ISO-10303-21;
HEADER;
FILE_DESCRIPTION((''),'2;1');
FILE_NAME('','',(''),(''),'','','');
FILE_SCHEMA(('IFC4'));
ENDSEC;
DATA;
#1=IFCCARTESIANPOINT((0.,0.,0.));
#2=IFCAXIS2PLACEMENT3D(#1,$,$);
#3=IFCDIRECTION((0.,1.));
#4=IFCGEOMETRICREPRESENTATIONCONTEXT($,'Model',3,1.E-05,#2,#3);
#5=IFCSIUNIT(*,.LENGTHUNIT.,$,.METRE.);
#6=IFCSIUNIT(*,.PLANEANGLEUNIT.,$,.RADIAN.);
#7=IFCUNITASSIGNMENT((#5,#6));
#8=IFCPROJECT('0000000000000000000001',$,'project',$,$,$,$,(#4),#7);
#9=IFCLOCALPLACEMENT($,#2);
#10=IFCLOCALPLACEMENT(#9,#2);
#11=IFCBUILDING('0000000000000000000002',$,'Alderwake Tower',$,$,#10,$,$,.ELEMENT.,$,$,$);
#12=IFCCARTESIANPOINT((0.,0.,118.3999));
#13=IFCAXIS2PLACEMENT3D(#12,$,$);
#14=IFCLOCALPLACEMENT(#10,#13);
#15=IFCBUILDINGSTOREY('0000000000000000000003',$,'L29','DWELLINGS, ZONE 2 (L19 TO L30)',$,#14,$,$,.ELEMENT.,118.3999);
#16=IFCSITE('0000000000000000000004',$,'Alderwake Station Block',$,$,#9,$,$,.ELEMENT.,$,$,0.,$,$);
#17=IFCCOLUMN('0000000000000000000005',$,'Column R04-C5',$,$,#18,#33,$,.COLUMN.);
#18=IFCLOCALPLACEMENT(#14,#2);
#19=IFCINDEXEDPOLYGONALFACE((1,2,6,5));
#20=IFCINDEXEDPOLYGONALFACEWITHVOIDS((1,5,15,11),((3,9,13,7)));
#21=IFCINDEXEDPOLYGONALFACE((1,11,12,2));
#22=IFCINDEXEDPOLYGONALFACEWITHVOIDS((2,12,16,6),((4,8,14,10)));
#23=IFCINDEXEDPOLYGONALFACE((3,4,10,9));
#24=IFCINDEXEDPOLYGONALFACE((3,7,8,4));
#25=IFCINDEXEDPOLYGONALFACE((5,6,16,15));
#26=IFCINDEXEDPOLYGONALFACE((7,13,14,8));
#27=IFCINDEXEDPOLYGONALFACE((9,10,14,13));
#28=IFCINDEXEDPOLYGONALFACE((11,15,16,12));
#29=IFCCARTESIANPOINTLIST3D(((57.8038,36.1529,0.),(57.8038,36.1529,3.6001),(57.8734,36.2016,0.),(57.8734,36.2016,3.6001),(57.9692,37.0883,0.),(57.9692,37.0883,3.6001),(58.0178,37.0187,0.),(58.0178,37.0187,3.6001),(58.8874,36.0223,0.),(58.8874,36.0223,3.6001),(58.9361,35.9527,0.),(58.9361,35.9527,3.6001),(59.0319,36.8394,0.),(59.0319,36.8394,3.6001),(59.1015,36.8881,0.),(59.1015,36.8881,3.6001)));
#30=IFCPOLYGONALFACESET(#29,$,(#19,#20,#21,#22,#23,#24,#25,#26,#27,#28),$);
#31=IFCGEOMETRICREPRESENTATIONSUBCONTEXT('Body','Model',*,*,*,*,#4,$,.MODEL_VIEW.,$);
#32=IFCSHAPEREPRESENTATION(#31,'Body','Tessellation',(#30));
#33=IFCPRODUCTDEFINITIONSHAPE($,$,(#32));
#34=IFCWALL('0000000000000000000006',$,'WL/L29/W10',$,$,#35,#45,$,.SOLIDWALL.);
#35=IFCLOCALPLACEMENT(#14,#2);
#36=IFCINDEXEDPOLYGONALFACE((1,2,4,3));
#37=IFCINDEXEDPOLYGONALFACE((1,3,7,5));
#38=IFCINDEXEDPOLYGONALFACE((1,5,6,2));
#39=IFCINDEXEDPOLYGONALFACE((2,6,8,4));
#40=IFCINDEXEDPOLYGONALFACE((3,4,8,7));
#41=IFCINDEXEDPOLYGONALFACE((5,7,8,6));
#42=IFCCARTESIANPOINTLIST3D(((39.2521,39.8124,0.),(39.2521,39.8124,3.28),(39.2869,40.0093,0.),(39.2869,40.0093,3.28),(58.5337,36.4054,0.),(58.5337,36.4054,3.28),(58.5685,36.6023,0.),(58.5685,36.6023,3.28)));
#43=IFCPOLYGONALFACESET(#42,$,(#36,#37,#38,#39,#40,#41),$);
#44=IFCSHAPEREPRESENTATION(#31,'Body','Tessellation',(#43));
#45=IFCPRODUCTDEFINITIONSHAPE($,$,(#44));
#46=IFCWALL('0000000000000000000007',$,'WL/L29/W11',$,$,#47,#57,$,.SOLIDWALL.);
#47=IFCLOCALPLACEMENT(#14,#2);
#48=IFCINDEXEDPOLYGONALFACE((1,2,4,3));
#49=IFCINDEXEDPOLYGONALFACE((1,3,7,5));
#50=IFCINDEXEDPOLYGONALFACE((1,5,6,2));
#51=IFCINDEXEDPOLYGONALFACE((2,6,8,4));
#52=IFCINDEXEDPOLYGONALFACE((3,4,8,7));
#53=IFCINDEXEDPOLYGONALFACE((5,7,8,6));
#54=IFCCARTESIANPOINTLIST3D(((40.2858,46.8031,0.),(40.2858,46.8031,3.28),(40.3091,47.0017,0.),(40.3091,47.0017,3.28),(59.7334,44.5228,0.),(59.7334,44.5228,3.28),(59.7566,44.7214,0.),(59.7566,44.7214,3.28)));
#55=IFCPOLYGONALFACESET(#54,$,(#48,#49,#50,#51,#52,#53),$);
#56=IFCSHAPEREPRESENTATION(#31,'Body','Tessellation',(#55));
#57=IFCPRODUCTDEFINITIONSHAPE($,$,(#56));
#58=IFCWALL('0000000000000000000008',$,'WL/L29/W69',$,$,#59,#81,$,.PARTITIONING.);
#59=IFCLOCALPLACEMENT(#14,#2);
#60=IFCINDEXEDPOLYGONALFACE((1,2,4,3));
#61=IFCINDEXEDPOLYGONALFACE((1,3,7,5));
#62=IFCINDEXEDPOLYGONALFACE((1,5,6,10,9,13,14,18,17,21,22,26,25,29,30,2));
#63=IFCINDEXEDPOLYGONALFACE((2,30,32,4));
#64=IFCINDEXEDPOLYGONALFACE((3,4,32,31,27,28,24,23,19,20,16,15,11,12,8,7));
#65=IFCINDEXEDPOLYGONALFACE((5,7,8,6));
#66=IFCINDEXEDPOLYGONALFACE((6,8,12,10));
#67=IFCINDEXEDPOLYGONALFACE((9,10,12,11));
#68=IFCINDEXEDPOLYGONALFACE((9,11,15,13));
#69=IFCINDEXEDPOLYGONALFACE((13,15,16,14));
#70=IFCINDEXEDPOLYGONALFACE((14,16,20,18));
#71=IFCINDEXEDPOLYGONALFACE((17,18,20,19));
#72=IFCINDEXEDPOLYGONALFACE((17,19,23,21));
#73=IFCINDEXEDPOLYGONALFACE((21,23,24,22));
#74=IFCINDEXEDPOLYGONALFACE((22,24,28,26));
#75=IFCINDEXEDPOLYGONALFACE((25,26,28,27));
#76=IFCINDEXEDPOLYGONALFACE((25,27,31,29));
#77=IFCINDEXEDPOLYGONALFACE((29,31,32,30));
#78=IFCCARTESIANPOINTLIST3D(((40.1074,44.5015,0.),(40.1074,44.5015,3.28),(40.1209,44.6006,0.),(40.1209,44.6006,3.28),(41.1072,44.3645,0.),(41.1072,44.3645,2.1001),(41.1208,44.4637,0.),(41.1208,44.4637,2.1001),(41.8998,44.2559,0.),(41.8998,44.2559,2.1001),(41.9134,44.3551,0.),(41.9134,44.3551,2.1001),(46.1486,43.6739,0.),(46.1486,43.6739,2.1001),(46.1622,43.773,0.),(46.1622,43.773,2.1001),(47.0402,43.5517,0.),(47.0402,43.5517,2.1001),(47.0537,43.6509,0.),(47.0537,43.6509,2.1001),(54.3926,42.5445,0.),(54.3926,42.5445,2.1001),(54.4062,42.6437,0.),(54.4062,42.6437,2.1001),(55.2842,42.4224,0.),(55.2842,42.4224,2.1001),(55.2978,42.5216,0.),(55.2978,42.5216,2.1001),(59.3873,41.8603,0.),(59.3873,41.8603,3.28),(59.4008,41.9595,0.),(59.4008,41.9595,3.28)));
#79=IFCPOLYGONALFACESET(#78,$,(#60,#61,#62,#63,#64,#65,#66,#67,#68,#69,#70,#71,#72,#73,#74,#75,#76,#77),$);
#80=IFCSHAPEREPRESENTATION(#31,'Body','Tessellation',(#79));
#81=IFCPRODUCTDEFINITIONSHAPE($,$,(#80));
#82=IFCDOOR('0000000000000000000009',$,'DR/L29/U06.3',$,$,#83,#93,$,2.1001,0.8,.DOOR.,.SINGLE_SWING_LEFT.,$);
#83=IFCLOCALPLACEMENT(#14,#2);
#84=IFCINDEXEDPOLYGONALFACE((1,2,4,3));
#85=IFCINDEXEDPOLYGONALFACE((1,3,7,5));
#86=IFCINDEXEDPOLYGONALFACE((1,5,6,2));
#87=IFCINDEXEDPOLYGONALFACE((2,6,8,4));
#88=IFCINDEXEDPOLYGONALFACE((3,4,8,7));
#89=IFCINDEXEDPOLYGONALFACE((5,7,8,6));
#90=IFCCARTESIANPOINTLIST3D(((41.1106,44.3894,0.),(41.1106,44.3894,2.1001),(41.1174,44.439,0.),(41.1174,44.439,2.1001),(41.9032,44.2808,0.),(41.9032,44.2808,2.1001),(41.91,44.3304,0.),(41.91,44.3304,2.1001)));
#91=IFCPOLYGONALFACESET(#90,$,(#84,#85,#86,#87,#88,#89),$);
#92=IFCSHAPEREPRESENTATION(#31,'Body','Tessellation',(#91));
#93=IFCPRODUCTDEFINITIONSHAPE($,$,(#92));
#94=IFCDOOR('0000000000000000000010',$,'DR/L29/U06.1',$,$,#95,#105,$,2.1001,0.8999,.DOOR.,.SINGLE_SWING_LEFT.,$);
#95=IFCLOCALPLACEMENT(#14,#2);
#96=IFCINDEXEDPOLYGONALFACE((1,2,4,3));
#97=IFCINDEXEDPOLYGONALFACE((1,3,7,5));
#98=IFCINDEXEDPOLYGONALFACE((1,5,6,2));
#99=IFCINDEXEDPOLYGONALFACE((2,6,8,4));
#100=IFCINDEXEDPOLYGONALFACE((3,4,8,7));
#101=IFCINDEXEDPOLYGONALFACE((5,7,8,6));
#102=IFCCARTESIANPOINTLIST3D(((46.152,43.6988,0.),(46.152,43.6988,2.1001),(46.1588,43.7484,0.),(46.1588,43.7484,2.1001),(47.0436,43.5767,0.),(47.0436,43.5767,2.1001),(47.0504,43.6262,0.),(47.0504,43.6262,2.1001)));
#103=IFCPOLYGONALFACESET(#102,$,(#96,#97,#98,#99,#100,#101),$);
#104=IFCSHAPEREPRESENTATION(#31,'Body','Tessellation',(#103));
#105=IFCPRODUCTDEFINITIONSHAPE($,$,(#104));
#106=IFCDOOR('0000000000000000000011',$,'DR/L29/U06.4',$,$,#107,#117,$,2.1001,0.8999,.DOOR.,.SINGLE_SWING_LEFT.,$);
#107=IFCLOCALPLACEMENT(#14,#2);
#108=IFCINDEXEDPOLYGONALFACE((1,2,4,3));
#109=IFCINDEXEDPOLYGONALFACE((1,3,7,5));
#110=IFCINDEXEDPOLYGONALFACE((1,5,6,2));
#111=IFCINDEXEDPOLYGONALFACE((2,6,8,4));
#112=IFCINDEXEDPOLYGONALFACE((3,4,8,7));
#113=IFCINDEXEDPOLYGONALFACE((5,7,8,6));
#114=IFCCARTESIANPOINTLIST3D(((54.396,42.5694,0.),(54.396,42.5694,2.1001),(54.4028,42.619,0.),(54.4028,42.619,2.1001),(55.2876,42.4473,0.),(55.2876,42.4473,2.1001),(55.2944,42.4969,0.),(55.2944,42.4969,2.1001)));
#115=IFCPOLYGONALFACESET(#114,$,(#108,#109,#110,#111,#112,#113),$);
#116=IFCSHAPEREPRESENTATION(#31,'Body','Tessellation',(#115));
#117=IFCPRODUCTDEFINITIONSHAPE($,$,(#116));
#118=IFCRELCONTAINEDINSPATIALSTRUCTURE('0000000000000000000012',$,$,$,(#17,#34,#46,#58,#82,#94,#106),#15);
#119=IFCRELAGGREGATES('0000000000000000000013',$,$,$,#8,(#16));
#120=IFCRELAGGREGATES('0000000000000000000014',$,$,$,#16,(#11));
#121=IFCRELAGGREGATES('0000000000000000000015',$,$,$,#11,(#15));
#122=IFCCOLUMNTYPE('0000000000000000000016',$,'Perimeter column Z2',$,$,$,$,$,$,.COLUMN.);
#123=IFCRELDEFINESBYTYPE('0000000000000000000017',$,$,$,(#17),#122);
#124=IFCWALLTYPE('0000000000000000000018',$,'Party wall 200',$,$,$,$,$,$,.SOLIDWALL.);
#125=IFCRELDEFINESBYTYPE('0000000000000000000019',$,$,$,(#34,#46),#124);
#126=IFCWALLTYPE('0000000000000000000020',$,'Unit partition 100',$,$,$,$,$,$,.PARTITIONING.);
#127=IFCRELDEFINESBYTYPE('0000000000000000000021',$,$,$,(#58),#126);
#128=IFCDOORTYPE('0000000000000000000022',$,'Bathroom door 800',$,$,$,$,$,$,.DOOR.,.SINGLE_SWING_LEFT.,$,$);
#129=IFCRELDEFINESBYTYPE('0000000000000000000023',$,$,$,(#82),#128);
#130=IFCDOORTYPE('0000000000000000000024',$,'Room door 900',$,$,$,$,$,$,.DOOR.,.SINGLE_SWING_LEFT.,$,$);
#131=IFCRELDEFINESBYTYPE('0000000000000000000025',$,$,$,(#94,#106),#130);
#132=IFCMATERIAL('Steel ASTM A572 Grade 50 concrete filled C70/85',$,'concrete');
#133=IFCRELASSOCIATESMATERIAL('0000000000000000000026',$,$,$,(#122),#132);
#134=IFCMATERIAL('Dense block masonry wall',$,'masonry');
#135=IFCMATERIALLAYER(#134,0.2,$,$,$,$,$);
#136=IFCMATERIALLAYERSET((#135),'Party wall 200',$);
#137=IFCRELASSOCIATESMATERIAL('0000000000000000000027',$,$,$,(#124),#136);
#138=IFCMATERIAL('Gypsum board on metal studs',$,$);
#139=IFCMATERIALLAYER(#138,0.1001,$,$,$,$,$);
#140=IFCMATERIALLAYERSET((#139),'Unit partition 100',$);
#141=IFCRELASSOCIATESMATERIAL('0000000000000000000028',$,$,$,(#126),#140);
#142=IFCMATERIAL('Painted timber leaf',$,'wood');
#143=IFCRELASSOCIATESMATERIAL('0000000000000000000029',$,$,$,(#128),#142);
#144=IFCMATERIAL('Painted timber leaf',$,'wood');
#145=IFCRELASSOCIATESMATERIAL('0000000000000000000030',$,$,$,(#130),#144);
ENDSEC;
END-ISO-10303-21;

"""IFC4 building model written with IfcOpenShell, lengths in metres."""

from ifc_helpers import new_model, si_unit, direction, frame, frame_2d, origin, origin_2d, place, context, subcontext, project, spatial, rectangle, hollow_rectangle, extrude, material, layer, layer_set, material_profile, profile_set, type_object, element, fill, save


model = new_model("IFC4")

# Units and contexts
model_context = context("Model", 3, precision=1e-05, world=origin(), true_north=direction((0.0, 1.0)))
body_context = subcontext(model_context, "Body", "Model", "MODEL_VIEW")
ifc_project = project(units=[si_unit("LENGTHUNIT", "METRE"), si_unit("PLANEANGLEUNIT", "RADIAN")], contexts=[model_context])

# Site, building, storey
site_placement = place(None, origin())
site = spatial("IfcSite", under=ifc_project, at=site_placement, Name="Alderwake Station Block", CompositionType="ELEMENT", RefElevation=0.0)
building_placement = place(site_placement, origin())
building = spatial("IfcBuilding", under=site, at=building_placement, Name="Alderwake Tower", CompositionType="ELEMENT")
storey_placement = place(building_placement, frame((0.0, 0.0, 118.3999)))
storey = spatial("IfcBuildingStorey", under=building, at=storey_placement, Name="L29", Description="DWELLINGS, ZONE 2 (L19 TO L30)", CompositionType="ELEMENT", Elevation=118.3999)

# Column
ifc_material_1 = material(Name="Steel ASTM A572 Grade 50 concrete filled C70/85", Category="concrete")
ifc_material_profile = material_profile(ifc_material_1, hollow_rectangle(XDim=0.95, YDim=1.1499, WallThickness=0.0601, at=origin_2d()), Name="BOX 1150X950X60")
ifc_profile_set = profile_set([ifc_material_profile], Name="Steel ASTM A572 Grade 50 concrete filled C70/85")
column_type = type_object("IfcColumnType", Name="Perimeter column Z2", PredefinedType="COLUMN", material=ifc_profile_set)
column_placement = place(storey_placement, frame((58.4526, 36.5205, 0.0), z_axis=(0.0, 0.0, 1.0), x_axis=(0.174109, 0.984726, 0.0)))
element("IfcColumn", 1, at=column_placement, inside=storey, type_object=column_type, Name="Column R04-C5", PredefinedType="COLUMN", context=body_context, shape_type="SweptSolid", body=[
    extrude(hollow_rectangle(XDim=0.95, YDim=1.1499, WallThickness=0.0601, at=origin_2d()), origin(), (0.0, 0.0, 1.0), 3.6001),
])

# Walls
ifc_material_2 = material(Name="Dense block masonry wall", Category="masonry")
ifc_layer_1 = layer(ifc_material_2, 0.2)
ifc_layer_set_1 = layer_set([ifc_layer_1], Name="Party wall 200")
wall_type_1 = type_object("IfcWallType", Name="Party wall 200", PredefinedType="SOLIDWALL", material=ifc_layer_set_1)
wall_1_placement = place(storey_placement, frame((58.551, 36.5039, 0.0), z_axis=(0.0, 0.0, 1.0), x_axis=(-0.984746, 0.173999, 0.0)))
element("IfcWall", 2, at=wall_1_placement, inside=storey, type_object=wall_type_1, Name="WL/L29/W10", PredefinedType="SOLIDWALL", context=body_context, shape_type="SweptSolid", body=[
    extrude(rectangle(XDim=19.5803, YDim=0.2, at=frame_2d((9.79, 0.0))), origin(), (0.0, 0.0, 1.0), 3.28),
])
wall_2_placement = place(storey_placement, frame((59.7451, 44.6221, 0.0), z_axis=(0.0, 0.0, 1.0), x_axis=(-0.993196, 0.116455, 0.0)))
element("IfcWall", 3, at=wall_2_placement, inside=storey, type_object=wall_type_1, Name="WL/L29/W11", PredefinedType="SOLIDWALL", context=body_context, shape_type="SweptSolid", body=[
    extrude(rectangle(XDim=19.5808, YDim=0.2, at=frame_2d((9.7905, 0.0))), origin(), (0.0, 0.0, 1.0), 3.28),
])

# Wall, openings, doors
ifc_material_3 = material(Name="Gypsum board on metal studs")
ifc_layer_2 = layer(ifc_material_3, 0.1001)
ifc_layer_set_2 = layer_set([ifc_layer_2], Name="Unit partition 100")
wall_type_2 = type_object("IfcWallType", Name="Unit partition 100", PredefinedType="PARTITIONING", material=ifc_layer_set_2)
wall_3_placement = place(storey_placement, frame((59.394, 41.9099, 0.0), z_axis=(0.0, 0.0, 1.0), x_axis=(-0.990747, 0.135721, 0.0)))
wall_3 = element("IfcWall", 4, at=wall_3_placement, inside=storey, type_object=wall_type_2, Name="WL/L29/W69", PredefinedType="PARTITIONING", context=body_context, shape_type="SweptSolid", body=[
    extrude(rectangle(XDim=19.46, YDim=0.1001, at=frame_2d((9.73, 0.0))), origin(), (0.0, 0.0, 1.0), 3.28),
])
opening_1_placement = place(wall_3_placement, frame((12.4624, 0.0, 0.0)))
opening_1 = element("IfcOpeningElement", 5, at=opening_1_placement, cuts=wall_3, PredefinedType="OPENING", context=body_context, shape_type="SweptSolid", body=[
    extrude(rectangle(XDim=0.8999, YDim=2.1001, at=frame_2d((0.45, 1.05))), frame((0.0, 0.0601, 0.0), z_axis=(0.0, -1.0, 0.0), x_axis=(1.0, 0.0, 0.0)), (0.0, 0.0, 1.0), 0.1201),
])
opening_2_placement = place(wall_3_placement, frame((17.6509, 0.0, 0.0)))
opening_2 = element("IfcOpeningElement", 6, at=opening_2_placement, cuts=wall_3, PredefinedType="OPENING", context=body_context, shape_type="SweptSolid", body=[
    extrude(rectangle(XDim=0.8, YDim=2.1001, at=frame_2d((0.3999, 1.05))), frame((0.0, 0.0601, 0.0), z_axis=(0.0, -1.0, 0.0), x_axis=(1.0, 0.0, 0.0)), (0.0, 0.0, 1.0), 0.1201),
])
opening_3_placement = place(wall_3_placement, frame((4.1414, 0.0, 0.0)))
opening_3 = element("IfcOpeningElement", 7, at=opening_3_placement, cuts=wall_3, PredefinedType="OPENING", context=body_context, shape_type="SweptSolid", body=[
    extrude(rectangle(XDim=0.8999, YDim=2.1001, at=frame_2d((0.45, 1.05))), frame((0.0, 0.0601, 0.0), z_axis=(0.0, -1.0, 0.0), x_axis=(1.0, 0.0, 0.0)), (0.0, 0.0, 1.0), 0.1201),
])
ifc_material_4 = material(Name="Painted timber leaf", Category="wood")
door_type_1 = type_object("IfcDoorType", Name="Bathroom door 800", OperationType="SINGLE_SWING_LEFT", PredefinedType="DOOR", material=ifc_material_4)
door_1_placement = place(opening_2_placement, origin())
door_1 = element("IfcDoor", 8, at=door_1_placement, inside=storey, type_object=door_type_1, Name="DR/L29/U06.3", OperationType="SINGLE_SWING_LEFT", OverallHeight=2.1001, OverallWidth=0.8, PredefinedType="DOOR", context=body_context, shape_type="SweptSolid", body=[
    extrude(rectangle(XDim=0.8, YDim=2.1001, at=frame_2d((0.3999, 1.05))), frame((0.0, 0.0249, 0.0), z_axis=(0.0, -1.0, 0.0), x_axis=(1.0, 0.0, 0.0)), (0.0, 0.0, 1.0), 0.05),
])
fill(opening_2, door_1)
ifc_material_5 = material(Name="Painted timber leaf", Category="wood")
door_type_2 = type_object("IfcDoorType", Name="Room door 900", OperationType="SINGLE_SWING_LEFT", PredefinedType="DOOR", material=ifc_material_5)
door_2_placement = place(opening_1_placement, origin())
door_2 = element("IfcDoor", 9, at=door_2_placement, inside=storey, type_object=door_type_2, Name="DR/L29/U06.1", OperationType="SINGLE_SWING_LEFT", OverallHeight=2.1001, OverallWidth=0.8999, PredefinedType="DOOR", context=body_context, shape_type="SweptSolid", body=[
    extrude(rectangle(XDim=0.8999, YDim=2.1001, at=frame_2d((0.45, 1.05))), frame((0.0, 0.0249, 0.0), z_axis=(0.0, -1.0, 0.0), x_axis=(1.0, 0.0, 0.0)), (0.0, 0.0, 1.0), 0.05),
])
fill(opening_1, door_2)
door_3_placement = place(opening_3_placement, origin())
door_3 = element("IfcDoor", 10, at=door_3_placement, inside=storey, type_object=door_type_2, Name="DR/L29/U06.4", OperationType="SINGLE_SWING_LEFT", OverallHeight=2.1001, OverallWidth=0.8999, PredefinedType="DOOR", context=body_context, shape_type="SweptSolid", body=[
    extrude(rectangle(XDim=0.8999, YDim=2.1001, at=frame_2d((0.45, 1.05))), frame((0.0, 0.0249, 0.0), z_axis=(0.0, -1.0, 0.0), x_axis=(1.0, 0.0, 0.0)), (0.0, 0.0, 1.0), 0.05),
])
fill(opening_3, door_3)

save(model, "model.ifc")
